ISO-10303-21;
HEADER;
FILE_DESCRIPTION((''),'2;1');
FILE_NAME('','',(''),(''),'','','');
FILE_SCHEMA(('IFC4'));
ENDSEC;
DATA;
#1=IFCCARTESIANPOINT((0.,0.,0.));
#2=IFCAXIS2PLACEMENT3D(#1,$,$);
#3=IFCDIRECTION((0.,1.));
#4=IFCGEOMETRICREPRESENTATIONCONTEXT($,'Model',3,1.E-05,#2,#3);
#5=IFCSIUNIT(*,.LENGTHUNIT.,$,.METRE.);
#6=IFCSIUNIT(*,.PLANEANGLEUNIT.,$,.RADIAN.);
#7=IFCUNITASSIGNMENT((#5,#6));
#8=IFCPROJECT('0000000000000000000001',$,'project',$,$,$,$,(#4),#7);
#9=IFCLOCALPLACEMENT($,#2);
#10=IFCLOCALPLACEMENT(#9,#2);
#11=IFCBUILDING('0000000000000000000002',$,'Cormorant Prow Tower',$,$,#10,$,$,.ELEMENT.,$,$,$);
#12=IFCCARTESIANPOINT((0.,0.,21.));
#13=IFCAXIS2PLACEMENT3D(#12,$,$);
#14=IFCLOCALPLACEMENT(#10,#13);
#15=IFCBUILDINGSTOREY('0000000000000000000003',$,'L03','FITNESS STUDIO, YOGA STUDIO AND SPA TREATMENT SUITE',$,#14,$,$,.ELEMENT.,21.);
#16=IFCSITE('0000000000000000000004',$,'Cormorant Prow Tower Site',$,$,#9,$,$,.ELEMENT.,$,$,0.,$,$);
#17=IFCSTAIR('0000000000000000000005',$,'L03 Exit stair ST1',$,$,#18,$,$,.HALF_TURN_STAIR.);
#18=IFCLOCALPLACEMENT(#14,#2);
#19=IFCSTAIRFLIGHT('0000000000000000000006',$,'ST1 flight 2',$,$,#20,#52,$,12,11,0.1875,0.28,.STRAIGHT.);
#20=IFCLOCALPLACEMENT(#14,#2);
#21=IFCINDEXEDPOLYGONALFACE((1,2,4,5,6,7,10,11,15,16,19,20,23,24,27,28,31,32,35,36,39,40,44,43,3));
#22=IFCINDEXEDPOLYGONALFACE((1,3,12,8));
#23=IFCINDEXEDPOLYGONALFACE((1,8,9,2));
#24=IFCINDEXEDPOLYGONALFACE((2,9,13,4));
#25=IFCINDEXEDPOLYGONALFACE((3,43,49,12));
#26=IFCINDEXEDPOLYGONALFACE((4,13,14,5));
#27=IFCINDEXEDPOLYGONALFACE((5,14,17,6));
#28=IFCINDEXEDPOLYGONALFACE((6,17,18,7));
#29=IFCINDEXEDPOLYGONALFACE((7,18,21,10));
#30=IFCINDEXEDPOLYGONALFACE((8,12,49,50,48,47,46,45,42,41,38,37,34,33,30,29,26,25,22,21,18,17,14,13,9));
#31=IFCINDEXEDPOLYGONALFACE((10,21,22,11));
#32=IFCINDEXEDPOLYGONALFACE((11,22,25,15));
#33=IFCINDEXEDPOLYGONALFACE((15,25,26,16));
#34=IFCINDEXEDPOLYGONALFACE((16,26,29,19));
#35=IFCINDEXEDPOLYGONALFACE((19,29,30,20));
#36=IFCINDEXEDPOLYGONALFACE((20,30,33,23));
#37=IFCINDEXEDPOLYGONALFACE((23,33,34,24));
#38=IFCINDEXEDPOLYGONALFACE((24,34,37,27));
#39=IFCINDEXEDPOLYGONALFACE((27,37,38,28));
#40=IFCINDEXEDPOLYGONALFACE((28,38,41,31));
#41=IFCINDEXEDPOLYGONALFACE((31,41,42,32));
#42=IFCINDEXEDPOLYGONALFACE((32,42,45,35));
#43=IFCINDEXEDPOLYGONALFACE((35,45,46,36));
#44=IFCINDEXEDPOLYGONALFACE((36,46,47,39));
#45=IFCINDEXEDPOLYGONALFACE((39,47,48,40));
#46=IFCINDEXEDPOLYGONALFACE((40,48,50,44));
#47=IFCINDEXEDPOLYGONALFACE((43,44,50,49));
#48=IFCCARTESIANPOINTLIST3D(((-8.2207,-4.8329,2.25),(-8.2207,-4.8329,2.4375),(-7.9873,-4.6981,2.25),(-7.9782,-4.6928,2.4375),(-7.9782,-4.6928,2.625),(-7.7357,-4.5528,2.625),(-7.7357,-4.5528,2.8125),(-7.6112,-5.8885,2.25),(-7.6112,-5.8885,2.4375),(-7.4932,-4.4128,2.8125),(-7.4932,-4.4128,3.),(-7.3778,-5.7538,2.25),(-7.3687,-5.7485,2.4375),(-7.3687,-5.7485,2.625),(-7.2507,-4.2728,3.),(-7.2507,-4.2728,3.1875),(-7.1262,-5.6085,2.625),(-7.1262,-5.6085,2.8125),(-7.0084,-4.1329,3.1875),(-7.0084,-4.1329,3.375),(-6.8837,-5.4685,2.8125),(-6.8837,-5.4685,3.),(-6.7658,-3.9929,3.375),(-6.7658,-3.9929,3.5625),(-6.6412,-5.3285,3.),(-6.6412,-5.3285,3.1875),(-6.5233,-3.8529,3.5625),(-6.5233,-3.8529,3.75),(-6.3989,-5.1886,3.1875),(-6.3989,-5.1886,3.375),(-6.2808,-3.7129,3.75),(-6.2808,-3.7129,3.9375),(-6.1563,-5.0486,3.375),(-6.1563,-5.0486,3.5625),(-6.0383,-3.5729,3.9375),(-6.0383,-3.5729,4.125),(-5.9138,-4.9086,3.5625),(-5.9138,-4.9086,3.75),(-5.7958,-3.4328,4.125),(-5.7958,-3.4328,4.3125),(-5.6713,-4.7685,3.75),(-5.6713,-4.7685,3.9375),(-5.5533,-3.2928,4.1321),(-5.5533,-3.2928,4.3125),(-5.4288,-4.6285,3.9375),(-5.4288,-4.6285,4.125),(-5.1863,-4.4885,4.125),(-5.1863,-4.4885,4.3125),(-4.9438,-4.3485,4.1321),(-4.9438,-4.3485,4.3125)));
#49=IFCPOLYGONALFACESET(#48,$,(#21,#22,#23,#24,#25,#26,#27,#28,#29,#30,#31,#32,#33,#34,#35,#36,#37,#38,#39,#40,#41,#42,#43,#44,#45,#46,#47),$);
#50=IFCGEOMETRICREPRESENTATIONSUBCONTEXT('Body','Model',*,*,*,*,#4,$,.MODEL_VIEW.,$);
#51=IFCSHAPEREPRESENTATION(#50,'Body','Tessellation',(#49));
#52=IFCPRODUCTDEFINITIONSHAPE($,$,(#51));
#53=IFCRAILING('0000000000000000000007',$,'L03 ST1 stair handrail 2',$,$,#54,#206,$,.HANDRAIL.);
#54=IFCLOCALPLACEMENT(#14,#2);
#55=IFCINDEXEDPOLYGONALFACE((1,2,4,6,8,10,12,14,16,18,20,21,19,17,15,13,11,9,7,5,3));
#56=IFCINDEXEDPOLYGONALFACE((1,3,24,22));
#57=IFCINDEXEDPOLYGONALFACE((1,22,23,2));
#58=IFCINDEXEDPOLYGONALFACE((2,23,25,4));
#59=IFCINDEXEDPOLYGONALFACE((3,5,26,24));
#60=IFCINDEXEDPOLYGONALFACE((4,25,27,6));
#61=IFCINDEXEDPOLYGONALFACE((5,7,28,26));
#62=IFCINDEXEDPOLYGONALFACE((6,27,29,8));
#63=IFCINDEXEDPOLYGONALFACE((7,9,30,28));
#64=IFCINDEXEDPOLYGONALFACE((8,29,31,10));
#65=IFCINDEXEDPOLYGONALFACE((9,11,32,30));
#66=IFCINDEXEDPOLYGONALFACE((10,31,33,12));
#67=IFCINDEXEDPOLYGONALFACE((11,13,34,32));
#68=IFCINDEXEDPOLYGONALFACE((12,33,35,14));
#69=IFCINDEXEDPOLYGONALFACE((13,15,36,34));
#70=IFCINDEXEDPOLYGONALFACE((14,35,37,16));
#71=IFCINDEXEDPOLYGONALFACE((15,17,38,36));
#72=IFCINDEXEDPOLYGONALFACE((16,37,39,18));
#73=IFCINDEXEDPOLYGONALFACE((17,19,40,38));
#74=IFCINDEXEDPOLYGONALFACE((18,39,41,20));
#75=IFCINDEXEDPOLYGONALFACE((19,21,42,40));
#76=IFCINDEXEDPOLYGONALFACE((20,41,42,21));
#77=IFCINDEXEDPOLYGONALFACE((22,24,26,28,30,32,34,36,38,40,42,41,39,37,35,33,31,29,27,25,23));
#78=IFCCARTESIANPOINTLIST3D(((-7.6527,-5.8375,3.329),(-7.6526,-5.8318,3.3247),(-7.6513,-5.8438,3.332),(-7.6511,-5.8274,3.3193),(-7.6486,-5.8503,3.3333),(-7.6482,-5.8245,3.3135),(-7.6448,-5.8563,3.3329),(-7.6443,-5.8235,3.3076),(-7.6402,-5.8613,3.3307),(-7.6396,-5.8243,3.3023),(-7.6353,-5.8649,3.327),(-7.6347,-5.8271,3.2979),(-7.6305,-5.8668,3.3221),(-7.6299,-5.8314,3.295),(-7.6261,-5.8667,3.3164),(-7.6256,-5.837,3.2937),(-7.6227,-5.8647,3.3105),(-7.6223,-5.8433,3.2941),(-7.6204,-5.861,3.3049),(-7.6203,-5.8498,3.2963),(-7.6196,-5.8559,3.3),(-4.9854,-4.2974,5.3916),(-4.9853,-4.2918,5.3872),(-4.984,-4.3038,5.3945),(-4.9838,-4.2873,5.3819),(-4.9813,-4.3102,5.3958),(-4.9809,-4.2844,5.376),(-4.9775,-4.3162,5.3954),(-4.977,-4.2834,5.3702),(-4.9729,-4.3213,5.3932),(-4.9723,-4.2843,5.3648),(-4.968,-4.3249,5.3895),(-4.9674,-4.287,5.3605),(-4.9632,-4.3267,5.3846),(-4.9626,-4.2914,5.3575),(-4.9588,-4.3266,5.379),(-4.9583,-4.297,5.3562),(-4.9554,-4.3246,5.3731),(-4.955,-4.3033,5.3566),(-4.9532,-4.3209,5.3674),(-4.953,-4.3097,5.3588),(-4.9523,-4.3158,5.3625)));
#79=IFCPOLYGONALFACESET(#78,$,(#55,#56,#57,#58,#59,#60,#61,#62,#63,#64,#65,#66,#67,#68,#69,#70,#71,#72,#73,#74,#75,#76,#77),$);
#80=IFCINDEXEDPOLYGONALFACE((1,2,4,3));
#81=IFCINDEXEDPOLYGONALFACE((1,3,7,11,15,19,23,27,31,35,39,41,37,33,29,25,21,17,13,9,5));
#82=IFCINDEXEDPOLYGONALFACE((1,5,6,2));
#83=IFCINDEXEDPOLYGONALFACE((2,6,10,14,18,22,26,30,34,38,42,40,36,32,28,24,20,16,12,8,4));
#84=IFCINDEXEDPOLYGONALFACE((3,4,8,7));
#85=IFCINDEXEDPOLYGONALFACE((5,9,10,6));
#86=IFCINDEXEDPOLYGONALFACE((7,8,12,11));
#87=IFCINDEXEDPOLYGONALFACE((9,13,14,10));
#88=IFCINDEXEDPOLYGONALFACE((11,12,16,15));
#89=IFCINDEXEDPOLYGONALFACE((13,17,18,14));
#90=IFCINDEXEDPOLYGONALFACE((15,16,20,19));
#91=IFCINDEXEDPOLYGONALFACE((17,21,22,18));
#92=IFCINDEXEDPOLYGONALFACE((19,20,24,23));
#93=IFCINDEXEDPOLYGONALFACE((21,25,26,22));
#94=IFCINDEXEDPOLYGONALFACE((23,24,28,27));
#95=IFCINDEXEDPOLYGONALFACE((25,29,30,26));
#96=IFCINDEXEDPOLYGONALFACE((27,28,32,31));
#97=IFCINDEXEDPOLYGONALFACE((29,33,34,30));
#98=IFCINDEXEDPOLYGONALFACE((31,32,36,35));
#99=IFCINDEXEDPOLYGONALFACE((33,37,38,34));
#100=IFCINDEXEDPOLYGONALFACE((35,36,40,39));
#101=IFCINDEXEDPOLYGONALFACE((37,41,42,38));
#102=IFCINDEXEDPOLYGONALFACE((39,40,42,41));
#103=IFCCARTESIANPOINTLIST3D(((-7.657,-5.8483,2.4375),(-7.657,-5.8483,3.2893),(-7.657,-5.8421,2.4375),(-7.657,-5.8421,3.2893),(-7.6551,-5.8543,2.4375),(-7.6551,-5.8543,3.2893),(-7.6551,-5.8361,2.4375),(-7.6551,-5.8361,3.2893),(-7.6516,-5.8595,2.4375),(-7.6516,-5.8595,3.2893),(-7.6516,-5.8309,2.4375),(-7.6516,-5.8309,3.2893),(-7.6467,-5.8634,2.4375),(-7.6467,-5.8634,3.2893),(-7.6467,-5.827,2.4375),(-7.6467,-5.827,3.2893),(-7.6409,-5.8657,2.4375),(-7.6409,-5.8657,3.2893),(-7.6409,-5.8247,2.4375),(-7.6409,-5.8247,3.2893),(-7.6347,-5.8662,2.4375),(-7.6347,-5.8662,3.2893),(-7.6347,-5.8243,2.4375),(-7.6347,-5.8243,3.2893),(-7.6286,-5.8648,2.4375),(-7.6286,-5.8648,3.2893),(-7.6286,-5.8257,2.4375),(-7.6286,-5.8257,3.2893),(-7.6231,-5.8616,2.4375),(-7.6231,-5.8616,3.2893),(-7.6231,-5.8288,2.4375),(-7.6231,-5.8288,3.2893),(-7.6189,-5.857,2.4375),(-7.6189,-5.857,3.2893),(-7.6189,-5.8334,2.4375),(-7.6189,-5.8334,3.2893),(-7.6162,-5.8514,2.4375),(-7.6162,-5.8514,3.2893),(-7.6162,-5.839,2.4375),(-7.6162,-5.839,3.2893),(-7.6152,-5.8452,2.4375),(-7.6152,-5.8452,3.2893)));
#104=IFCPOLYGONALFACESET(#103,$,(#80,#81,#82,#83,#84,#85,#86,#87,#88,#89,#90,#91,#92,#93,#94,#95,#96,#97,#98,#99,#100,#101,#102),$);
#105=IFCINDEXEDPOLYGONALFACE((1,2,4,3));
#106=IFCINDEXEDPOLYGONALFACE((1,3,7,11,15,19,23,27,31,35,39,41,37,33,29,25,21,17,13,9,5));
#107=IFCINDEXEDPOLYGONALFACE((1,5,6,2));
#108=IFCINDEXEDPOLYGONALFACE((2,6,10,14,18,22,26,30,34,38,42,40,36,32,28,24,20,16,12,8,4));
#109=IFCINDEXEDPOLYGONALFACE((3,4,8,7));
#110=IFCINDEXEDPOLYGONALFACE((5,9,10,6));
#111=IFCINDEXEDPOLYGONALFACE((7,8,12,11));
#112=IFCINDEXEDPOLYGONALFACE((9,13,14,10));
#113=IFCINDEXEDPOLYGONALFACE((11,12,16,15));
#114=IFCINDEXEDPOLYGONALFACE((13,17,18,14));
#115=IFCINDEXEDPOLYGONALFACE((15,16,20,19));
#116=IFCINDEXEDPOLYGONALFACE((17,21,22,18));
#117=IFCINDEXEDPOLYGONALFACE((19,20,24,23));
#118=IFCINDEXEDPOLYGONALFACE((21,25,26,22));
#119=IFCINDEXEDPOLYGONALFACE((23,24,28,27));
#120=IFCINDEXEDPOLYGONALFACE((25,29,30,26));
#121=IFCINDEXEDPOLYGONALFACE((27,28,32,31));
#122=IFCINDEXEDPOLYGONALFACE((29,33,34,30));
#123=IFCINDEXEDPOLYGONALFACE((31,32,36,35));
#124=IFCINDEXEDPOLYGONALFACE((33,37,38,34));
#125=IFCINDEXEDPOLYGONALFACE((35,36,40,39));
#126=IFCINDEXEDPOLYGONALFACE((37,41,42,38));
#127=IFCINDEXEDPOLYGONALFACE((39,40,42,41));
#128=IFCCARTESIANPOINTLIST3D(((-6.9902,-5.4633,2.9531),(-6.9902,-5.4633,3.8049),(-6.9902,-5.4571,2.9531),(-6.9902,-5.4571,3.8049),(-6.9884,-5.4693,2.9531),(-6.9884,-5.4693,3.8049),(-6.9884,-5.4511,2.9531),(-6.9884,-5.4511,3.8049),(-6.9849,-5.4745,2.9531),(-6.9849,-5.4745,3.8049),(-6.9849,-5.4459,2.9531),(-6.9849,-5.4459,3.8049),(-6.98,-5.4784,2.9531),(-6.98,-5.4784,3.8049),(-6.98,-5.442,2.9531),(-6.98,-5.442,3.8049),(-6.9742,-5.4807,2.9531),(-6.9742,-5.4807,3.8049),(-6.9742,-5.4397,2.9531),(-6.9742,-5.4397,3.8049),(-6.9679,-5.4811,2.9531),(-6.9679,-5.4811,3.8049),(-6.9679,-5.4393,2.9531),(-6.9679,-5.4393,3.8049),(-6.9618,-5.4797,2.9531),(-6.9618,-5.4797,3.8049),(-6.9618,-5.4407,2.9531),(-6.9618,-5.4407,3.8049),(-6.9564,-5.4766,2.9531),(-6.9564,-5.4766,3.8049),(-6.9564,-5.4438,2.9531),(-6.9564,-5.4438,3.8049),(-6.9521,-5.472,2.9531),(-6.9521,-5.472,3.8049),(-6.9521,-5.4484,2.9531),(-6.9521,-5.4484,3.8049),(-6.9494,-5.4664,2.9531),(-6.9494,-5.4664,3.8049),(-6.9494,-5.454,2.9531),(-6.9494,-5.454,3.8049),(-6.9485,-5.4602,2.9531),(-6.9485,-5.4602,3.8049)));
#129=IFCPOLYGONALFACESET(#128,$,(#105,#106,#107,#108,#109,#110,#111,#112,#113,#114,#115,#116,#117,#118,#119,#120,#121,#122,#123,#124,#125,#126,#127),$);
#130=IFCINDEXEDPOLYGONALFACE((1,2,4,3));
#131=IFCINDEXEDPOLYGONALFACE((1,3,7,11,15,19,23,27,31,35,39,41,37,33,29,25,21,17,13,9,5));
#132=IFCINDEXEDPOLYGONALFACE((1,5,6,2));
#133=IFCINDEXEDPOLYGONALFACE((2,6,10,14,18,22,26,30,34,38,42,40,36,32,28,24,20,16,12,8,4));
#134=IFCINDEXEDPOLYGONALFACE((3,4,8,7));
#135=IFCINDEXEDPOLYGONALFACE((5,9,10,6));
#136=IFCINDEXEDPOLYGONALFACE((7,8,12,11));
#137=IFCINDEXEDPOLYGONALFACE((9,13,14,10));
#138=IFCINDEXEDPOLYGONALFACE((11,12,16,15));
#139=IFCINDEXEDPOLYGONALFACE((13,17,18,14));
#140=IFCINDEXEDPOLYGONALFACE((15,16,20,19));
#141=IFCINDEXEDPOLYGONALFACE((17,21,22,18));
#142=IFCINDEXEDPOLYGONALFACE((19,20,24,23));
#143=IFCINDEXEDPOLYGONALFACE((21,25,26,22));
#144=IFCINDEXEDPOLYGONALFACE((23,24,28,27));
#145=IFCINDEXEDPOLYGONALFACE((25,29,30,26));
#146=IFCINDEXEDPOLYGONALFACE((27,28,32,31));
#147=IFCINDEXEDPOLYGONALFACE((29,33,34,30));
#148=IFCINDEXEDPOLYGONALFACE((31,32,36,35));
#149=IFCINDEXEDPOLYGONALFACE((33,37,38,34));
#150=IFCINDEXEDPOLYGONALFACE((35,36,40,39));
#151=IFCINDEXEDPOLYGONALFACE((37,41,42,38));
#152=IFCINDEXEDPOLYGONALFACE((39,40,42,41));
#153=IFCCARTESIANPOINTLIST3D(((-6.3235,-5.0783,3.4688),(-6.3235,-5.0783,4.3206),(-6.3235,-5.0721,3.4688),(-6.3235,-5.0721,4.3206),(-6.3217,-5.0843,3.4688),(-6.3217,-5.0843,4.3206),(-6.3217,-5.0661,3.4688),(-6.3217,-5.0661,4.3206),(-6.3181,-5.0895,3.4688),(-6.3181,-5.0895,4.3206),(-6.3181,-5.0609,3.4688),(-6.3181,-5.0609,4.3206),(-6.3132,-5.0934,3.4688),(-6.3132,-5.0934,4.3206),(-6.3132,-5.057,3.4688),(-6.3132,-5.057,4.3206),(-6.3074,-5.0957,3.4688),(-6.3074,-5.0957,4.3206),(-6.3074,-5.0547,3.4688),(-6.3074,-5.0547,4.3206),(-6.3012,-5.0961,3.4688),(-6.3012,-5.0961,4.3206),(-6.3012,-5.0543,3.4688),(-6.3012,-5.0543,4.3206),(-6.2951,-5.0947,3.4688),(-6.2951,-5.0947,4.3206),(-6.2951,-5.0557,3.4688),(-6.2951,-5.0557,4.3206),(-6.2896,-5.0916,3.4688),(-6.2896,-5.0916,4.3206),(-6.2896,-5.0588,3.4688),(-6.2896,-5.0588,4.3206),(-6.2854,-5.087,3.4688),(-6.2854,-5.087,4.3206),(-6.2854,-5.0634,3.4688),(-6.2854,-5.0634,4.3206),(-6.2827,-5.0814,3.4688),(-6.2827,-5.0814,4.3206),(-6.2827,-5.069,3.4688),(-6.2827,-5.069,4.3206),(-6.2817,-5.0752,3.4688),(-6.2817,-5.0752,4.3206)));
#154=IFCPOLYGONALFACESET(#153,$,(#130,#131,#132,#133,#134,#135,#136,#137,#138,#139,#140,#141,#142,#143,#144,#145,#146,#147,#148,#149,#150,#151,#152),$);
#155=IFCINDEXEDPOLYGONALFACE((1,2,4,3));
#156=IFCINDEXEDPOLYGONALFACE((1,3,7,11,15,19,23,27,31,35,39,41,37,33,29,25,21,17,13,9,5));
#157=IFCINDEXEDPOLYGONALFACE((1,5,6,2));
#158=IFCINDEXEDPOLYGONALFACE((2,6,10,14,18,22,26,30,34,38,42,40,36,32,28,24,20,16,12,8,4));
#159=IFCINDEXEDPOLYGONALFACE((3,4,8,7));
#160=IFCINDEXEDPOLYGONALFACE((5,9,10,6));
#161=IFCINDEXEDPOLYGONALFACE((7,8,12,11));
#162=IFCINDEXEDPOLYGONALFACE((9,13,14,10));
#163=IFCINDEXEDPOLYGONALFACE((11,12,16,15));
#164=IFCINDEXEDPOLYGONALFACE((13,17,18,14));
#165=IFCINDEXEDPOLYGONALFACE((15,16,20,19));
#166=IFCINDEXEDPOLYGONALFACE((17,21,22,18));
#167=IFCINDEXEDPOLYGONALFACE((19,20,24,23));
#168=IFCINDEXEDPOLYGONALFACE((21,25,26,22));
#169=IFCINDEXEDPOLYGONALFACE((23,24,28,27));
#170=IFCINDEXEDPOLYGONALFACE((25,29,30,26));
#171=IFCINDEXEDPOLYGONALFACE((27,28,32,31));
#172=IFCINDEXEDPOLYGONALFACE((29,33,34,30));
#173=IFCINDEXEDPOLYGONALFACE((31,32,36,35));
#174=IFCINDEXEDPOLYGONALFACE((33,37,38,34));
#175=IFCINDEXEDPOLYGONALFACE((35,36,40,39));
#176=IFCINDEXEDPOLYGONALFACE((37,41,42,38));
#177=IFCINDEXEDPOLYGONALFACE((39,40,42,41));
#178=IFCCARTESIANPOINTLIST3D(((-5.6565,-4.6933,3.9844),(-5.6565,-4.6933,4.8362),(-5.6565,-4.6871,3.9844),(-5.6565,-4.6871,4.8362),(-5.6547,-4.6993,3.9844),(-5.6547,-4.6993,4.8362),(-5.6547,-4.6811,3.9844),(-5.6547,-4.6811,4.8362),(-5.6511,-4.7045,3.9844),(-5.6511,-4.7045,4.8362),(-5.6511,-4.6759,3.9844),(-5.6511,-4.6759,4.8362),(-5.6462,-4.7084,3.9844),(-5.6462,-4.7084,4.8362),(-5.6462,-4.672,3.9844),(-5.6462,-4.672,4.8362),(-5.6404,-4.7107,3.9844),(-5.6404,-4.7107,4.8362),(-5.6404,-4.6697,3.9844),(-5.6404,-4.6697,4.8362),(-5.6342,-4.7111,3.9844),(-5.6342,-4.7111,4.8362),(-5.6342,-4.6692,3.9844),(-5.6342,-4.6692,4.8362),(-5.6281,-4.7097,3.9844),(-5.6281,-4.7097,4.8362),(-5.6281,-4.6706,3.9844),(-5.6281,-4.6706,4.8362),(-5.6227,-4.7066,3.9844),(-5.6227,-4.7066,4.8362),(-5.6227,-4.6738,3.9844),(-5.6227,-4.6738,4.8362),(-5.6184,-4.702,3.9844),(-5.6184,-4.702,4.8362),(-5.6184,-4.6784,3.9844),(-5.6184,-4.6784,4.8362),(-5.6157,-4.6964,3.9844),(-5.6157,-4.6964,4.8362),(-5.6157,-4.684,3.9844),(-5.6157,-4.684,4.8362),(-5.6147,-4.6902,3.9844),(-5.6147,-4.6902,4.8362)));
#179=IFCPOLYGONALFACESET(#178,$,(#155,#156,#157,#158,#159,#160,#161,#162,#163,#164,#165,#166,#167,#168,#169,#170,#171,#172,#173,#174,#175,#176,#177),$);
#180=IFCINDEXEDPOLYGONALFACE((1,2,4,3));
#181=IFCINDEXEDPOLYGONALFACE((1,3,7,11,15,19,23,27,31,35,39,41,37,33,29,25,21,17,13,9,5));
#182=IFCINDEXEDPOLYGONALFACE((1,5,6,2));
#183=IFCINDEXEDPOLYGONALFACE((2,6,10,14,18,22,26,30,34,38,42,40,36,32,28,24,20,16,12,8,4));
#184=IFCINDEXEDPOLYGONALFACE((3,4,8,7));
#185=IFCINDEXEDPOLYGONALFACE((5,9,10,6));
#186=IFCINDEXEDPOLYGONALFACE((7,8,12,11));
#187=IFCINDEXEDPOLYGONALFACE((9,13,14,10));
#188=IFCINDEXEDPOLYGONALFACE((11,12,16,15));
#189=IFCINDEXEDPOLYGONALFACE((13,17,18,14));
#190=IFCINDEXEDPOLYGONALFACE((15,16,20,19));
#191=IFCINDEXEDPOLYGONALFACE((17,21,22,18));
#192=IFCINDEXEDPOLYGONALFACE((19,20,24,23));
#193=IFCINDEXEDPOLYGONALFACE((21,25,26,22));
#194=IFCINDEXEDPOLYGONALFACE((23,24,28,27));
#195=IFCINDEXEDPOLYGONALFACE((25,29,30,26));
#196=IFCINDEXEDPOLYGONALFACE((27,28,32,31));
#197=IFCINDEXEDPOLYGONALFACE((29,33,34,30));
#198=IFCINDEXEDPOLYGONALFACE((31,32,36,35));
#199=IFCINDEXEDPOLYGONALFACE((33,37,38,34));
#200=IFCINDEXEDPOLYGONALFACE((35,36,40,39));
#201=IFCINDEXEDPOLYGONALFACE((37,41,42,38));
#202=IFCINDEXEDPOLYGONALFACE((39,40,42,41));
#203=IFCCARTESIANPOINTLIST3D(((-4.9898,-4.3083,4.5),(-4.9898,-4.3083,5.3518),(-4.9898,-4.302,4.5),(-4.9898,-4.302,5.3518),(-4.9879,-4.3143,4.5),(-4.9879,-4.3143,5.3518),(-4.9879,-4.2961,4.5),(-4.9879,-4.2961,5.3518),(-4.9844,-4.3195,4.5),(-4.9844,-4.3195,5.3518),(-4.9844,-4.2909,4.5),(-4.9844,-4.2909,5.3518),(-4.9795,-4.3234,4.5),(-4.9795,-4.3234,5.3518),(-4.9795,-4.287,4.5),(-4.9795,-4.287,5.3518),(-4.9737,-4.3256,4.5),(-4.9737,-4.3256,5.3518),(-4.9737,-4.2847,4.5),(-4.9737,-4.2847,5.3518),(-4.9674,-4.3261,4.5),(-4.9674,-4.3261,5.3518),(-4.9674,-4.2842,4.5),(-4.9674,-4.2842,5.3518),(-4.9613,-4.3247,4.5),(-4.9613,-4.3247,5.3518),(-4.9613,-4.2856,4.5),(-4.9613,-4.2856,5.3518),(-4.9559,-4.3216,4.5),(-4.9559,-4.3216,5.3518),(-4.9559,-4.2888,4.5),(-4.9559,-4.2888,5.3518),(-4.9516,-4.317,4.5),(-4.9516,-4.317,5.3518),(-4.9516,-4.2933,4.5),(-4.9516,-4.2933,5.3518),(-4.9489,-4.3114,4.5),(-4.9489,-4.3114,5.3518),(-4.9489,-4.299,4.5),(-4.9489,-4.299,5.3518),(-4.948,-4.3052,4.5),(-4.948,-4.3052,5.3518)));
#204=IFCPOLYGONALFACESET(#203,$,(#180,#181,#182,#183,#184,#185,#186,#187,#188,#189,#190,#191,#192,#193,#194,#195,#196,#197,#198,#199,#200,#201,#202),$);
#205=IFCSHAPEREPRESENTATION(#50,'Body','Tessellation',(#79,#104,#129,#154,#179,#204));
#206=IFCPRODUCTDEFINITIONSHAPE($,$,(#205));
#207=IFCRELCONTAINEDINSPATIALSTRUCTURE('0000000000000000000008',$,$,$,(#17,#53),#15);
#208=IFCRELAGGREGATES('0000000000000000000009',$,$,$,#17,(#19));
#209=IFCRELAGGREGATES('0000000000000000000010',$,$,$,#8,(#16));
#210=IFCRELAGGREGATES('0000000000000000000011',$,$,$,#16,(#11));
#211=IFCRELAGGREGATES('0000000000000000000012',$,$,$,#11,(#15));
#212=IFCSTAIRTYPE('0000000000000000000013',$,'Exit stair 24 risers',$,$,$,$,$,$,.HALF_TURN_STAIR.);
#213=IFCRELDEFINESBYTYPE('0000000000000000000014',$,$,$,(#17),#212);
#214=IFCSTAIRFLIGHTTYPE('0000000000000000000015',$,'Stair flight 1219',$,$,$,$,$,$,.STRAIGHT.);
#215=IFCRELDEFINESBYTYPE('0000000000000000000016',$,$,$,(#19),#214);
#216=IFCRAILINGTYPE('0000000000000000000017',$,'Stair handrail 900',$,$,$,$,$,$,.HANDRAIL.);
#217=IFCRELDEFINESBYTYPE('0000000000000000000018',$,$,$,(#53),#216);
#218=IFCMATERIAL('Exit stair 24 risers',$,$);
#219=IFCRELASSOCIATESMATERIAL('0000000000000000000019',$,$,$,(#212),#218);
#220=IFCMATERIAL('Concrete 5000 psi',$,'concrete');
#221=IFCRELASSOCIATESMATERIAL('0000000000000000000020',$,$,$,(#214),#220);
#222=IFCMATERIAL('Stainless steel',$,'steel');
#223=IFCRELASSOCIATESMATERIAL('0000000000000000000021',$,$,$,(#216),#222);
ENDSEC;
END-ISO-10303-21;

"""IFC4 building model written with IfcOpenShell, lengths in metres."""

from ifc_helpers import new_model, si_unit, direction, frame, origin, origin_2d, place, context, subcontext, project, spatial, polyline, circle, outline, extrude, material, type_object, element, aggregate, save


model = new_model("IFC4")

# Units and contexts
model_context = context("Model", 3, precision=1e-05, world=origin(), true_north=direction((0.0, 1.0)))
body_context = subcontext(model_context, "Body", "Model", "MODEL_VIEW")
ifc_project = project(units=[si_unit("LENGTHUNIT", "METRE"), si_unit("PLANEANGLEUNIT", "RADIAN")], contexts=[model_context])

# Site, building, storey
site_placement = place(None, origin())
site = spatial("IfcSite", under=ifc_project, at=site_placement, Name="Cormorant Prow Tower Site", CompositionType="ELEMENT", RefElevation=0.0)
building_placement = place(site_placement, origin())
building = spatial("IfcBuilding", under=site, at=building_placement, Name="Cormorant Prow Tower", CompositionType="ELEMENT")
storey_placement = place(building_placement, frame((0.0, 0.0, 21.0)))
storey = spatial("IfcBuildingStorey", under=building, at=storey_placement, Name="L03", Description="FITNESS STUDIO, YOGA STUDIO AND SPA TREATMENT SUITE", CompositionType="ELEMENT", Elevation=21.0)

# Stair, stair flight
ifc_material_1 = material(Name="Exit stair 24 risers")
stair_type = type_object("IfcStairType", Name="Exit stair 24 risers", PredefinedType="HALF_TURN_STAIR", material=ifc_material_1)
stair_placement = place(storey_placement, origin())
stair = element("IfcStair", 1, at=stair_placement, inside=storey, type_object=stair_type, Name="L03 Exit stair ST1", PredefinedType="HALF_TURN_STAIR")
ifc_material_2 = material(Name="Concrete 5000 psi", Category="concrete")
stair_flight_type = type_object("IfcStairFlightType", Name="Stair flight 1219", PredefinedType="STRAIGHT", material=ifc_material_2)
stair_flight_1_placement = place(storey_placement, frame((-7.916, -5.3606, 2.25), z_axis=(0.0, 0.0, 1.0), x_axis=(0.866025, 0.5, 0.0)))
stair_flight_1 = element("IfcStairFlight", 2, at=stair_flight_1_placement, type_object=stair_flight_type, Name="ST1 flight 2", NumberOfRisers=12, NumberOfTreads=11, PredefinedType="STRAIGHT", RiserHeight=0.1875, TreadLength=0.28, context=body_context, shape_type="SweptSolid", body=[
    extrude(outline(polyline([(0.0, 0.0), (0.0, 0.1875), (0.28, 0.1875), (0.28, 0.375), (0.5601, 0.375), (0.5601, 0.5625), (0.8401, 0.5625), (0.8401, 0.75), (1.1201, 0.75), (1.1201, 0.9375), (1.3999, 0.9375), (1.3999, 1.125), (1.6799, 1.125), (1.6799, 1.3125), (1.96, 1.3125), (1.96, 1.5), (2.24, 1.5), (2.24, 1.6875), (2.52, 1.6875), (2.52, 1.875), (2.8, 1.875), (2.8, 2.0625), (3.0801, 2.0625), (3.0801, 2.25), (3.0801, 1.8821), (0.2695, 0.0), (0.0, 0.0)])), frame((0.0, 0.6094, 0.0), z_axis=(0.0, -1.0, 0.0), x_axis=(1.0, 0.0, 0.0)), (0.0, 0.0, 1.0), 1.219),
])
aggregate(stair, [stair_flight_1])

# Railing
ifc_material_3 = material(Name="Stainless steel", Category="steel")
railing_type_1 = type_object("IfcRailingType", Name="Stair handrail 900", PredefinedType="HANDRAIL", material=ifc_material_3)
railing_1_placement = place(storey_placement, frame((-7.6362, -5.8452, 2.4375)))
element("IfcRailing", 3, at=railing_1_placement, inside=storey, type_object=railing_type_1, Name="L03 ST1 stair handrail 2", PredefinedType="HANDRAIL", context=body_context, shape_type="SweptSolid", body=[
    extrude(circle(Radius=0.0239, at=origin_2d()), frame((0.0, 0.0, 0.876), z_axis=(0.719568, 0.415472, 0.556422), x_axis=(-0.500027, 0.86601, 0.0)), (0.0, 0.0, 1.0), 3.7068),
    extrude(circle(Radius=0.021, at=origin_2d()), origin(), (0.0, 0.0, 1.0), 0.8518),
    extrude(circle(Radius=0.021, at=origin_2d()), frame((0.6667, 0.385, 0.5156)), (0.0, 0.0, 1.0), 0.8518),
    extrude(circle(Radius=0.021, at=origin_2d()), frame((1.3335, 0.77, 1.0312)), (0.0, 0.0, 1.0), 0.8518),
    extrude(circle(Radius=0.021, at=origin_2d()), frame((2.0005, 1.155, 1.5469)), (0.0, 0.0, 1.0), 0.8518),
    extrude(circle(Radius=0.021, at=origin_2d()), frame((2.6672, 1.54, 2.0625)), (0.0, 0.0, 1.0), 0.8518),
])

save(model, "model.ifc")
